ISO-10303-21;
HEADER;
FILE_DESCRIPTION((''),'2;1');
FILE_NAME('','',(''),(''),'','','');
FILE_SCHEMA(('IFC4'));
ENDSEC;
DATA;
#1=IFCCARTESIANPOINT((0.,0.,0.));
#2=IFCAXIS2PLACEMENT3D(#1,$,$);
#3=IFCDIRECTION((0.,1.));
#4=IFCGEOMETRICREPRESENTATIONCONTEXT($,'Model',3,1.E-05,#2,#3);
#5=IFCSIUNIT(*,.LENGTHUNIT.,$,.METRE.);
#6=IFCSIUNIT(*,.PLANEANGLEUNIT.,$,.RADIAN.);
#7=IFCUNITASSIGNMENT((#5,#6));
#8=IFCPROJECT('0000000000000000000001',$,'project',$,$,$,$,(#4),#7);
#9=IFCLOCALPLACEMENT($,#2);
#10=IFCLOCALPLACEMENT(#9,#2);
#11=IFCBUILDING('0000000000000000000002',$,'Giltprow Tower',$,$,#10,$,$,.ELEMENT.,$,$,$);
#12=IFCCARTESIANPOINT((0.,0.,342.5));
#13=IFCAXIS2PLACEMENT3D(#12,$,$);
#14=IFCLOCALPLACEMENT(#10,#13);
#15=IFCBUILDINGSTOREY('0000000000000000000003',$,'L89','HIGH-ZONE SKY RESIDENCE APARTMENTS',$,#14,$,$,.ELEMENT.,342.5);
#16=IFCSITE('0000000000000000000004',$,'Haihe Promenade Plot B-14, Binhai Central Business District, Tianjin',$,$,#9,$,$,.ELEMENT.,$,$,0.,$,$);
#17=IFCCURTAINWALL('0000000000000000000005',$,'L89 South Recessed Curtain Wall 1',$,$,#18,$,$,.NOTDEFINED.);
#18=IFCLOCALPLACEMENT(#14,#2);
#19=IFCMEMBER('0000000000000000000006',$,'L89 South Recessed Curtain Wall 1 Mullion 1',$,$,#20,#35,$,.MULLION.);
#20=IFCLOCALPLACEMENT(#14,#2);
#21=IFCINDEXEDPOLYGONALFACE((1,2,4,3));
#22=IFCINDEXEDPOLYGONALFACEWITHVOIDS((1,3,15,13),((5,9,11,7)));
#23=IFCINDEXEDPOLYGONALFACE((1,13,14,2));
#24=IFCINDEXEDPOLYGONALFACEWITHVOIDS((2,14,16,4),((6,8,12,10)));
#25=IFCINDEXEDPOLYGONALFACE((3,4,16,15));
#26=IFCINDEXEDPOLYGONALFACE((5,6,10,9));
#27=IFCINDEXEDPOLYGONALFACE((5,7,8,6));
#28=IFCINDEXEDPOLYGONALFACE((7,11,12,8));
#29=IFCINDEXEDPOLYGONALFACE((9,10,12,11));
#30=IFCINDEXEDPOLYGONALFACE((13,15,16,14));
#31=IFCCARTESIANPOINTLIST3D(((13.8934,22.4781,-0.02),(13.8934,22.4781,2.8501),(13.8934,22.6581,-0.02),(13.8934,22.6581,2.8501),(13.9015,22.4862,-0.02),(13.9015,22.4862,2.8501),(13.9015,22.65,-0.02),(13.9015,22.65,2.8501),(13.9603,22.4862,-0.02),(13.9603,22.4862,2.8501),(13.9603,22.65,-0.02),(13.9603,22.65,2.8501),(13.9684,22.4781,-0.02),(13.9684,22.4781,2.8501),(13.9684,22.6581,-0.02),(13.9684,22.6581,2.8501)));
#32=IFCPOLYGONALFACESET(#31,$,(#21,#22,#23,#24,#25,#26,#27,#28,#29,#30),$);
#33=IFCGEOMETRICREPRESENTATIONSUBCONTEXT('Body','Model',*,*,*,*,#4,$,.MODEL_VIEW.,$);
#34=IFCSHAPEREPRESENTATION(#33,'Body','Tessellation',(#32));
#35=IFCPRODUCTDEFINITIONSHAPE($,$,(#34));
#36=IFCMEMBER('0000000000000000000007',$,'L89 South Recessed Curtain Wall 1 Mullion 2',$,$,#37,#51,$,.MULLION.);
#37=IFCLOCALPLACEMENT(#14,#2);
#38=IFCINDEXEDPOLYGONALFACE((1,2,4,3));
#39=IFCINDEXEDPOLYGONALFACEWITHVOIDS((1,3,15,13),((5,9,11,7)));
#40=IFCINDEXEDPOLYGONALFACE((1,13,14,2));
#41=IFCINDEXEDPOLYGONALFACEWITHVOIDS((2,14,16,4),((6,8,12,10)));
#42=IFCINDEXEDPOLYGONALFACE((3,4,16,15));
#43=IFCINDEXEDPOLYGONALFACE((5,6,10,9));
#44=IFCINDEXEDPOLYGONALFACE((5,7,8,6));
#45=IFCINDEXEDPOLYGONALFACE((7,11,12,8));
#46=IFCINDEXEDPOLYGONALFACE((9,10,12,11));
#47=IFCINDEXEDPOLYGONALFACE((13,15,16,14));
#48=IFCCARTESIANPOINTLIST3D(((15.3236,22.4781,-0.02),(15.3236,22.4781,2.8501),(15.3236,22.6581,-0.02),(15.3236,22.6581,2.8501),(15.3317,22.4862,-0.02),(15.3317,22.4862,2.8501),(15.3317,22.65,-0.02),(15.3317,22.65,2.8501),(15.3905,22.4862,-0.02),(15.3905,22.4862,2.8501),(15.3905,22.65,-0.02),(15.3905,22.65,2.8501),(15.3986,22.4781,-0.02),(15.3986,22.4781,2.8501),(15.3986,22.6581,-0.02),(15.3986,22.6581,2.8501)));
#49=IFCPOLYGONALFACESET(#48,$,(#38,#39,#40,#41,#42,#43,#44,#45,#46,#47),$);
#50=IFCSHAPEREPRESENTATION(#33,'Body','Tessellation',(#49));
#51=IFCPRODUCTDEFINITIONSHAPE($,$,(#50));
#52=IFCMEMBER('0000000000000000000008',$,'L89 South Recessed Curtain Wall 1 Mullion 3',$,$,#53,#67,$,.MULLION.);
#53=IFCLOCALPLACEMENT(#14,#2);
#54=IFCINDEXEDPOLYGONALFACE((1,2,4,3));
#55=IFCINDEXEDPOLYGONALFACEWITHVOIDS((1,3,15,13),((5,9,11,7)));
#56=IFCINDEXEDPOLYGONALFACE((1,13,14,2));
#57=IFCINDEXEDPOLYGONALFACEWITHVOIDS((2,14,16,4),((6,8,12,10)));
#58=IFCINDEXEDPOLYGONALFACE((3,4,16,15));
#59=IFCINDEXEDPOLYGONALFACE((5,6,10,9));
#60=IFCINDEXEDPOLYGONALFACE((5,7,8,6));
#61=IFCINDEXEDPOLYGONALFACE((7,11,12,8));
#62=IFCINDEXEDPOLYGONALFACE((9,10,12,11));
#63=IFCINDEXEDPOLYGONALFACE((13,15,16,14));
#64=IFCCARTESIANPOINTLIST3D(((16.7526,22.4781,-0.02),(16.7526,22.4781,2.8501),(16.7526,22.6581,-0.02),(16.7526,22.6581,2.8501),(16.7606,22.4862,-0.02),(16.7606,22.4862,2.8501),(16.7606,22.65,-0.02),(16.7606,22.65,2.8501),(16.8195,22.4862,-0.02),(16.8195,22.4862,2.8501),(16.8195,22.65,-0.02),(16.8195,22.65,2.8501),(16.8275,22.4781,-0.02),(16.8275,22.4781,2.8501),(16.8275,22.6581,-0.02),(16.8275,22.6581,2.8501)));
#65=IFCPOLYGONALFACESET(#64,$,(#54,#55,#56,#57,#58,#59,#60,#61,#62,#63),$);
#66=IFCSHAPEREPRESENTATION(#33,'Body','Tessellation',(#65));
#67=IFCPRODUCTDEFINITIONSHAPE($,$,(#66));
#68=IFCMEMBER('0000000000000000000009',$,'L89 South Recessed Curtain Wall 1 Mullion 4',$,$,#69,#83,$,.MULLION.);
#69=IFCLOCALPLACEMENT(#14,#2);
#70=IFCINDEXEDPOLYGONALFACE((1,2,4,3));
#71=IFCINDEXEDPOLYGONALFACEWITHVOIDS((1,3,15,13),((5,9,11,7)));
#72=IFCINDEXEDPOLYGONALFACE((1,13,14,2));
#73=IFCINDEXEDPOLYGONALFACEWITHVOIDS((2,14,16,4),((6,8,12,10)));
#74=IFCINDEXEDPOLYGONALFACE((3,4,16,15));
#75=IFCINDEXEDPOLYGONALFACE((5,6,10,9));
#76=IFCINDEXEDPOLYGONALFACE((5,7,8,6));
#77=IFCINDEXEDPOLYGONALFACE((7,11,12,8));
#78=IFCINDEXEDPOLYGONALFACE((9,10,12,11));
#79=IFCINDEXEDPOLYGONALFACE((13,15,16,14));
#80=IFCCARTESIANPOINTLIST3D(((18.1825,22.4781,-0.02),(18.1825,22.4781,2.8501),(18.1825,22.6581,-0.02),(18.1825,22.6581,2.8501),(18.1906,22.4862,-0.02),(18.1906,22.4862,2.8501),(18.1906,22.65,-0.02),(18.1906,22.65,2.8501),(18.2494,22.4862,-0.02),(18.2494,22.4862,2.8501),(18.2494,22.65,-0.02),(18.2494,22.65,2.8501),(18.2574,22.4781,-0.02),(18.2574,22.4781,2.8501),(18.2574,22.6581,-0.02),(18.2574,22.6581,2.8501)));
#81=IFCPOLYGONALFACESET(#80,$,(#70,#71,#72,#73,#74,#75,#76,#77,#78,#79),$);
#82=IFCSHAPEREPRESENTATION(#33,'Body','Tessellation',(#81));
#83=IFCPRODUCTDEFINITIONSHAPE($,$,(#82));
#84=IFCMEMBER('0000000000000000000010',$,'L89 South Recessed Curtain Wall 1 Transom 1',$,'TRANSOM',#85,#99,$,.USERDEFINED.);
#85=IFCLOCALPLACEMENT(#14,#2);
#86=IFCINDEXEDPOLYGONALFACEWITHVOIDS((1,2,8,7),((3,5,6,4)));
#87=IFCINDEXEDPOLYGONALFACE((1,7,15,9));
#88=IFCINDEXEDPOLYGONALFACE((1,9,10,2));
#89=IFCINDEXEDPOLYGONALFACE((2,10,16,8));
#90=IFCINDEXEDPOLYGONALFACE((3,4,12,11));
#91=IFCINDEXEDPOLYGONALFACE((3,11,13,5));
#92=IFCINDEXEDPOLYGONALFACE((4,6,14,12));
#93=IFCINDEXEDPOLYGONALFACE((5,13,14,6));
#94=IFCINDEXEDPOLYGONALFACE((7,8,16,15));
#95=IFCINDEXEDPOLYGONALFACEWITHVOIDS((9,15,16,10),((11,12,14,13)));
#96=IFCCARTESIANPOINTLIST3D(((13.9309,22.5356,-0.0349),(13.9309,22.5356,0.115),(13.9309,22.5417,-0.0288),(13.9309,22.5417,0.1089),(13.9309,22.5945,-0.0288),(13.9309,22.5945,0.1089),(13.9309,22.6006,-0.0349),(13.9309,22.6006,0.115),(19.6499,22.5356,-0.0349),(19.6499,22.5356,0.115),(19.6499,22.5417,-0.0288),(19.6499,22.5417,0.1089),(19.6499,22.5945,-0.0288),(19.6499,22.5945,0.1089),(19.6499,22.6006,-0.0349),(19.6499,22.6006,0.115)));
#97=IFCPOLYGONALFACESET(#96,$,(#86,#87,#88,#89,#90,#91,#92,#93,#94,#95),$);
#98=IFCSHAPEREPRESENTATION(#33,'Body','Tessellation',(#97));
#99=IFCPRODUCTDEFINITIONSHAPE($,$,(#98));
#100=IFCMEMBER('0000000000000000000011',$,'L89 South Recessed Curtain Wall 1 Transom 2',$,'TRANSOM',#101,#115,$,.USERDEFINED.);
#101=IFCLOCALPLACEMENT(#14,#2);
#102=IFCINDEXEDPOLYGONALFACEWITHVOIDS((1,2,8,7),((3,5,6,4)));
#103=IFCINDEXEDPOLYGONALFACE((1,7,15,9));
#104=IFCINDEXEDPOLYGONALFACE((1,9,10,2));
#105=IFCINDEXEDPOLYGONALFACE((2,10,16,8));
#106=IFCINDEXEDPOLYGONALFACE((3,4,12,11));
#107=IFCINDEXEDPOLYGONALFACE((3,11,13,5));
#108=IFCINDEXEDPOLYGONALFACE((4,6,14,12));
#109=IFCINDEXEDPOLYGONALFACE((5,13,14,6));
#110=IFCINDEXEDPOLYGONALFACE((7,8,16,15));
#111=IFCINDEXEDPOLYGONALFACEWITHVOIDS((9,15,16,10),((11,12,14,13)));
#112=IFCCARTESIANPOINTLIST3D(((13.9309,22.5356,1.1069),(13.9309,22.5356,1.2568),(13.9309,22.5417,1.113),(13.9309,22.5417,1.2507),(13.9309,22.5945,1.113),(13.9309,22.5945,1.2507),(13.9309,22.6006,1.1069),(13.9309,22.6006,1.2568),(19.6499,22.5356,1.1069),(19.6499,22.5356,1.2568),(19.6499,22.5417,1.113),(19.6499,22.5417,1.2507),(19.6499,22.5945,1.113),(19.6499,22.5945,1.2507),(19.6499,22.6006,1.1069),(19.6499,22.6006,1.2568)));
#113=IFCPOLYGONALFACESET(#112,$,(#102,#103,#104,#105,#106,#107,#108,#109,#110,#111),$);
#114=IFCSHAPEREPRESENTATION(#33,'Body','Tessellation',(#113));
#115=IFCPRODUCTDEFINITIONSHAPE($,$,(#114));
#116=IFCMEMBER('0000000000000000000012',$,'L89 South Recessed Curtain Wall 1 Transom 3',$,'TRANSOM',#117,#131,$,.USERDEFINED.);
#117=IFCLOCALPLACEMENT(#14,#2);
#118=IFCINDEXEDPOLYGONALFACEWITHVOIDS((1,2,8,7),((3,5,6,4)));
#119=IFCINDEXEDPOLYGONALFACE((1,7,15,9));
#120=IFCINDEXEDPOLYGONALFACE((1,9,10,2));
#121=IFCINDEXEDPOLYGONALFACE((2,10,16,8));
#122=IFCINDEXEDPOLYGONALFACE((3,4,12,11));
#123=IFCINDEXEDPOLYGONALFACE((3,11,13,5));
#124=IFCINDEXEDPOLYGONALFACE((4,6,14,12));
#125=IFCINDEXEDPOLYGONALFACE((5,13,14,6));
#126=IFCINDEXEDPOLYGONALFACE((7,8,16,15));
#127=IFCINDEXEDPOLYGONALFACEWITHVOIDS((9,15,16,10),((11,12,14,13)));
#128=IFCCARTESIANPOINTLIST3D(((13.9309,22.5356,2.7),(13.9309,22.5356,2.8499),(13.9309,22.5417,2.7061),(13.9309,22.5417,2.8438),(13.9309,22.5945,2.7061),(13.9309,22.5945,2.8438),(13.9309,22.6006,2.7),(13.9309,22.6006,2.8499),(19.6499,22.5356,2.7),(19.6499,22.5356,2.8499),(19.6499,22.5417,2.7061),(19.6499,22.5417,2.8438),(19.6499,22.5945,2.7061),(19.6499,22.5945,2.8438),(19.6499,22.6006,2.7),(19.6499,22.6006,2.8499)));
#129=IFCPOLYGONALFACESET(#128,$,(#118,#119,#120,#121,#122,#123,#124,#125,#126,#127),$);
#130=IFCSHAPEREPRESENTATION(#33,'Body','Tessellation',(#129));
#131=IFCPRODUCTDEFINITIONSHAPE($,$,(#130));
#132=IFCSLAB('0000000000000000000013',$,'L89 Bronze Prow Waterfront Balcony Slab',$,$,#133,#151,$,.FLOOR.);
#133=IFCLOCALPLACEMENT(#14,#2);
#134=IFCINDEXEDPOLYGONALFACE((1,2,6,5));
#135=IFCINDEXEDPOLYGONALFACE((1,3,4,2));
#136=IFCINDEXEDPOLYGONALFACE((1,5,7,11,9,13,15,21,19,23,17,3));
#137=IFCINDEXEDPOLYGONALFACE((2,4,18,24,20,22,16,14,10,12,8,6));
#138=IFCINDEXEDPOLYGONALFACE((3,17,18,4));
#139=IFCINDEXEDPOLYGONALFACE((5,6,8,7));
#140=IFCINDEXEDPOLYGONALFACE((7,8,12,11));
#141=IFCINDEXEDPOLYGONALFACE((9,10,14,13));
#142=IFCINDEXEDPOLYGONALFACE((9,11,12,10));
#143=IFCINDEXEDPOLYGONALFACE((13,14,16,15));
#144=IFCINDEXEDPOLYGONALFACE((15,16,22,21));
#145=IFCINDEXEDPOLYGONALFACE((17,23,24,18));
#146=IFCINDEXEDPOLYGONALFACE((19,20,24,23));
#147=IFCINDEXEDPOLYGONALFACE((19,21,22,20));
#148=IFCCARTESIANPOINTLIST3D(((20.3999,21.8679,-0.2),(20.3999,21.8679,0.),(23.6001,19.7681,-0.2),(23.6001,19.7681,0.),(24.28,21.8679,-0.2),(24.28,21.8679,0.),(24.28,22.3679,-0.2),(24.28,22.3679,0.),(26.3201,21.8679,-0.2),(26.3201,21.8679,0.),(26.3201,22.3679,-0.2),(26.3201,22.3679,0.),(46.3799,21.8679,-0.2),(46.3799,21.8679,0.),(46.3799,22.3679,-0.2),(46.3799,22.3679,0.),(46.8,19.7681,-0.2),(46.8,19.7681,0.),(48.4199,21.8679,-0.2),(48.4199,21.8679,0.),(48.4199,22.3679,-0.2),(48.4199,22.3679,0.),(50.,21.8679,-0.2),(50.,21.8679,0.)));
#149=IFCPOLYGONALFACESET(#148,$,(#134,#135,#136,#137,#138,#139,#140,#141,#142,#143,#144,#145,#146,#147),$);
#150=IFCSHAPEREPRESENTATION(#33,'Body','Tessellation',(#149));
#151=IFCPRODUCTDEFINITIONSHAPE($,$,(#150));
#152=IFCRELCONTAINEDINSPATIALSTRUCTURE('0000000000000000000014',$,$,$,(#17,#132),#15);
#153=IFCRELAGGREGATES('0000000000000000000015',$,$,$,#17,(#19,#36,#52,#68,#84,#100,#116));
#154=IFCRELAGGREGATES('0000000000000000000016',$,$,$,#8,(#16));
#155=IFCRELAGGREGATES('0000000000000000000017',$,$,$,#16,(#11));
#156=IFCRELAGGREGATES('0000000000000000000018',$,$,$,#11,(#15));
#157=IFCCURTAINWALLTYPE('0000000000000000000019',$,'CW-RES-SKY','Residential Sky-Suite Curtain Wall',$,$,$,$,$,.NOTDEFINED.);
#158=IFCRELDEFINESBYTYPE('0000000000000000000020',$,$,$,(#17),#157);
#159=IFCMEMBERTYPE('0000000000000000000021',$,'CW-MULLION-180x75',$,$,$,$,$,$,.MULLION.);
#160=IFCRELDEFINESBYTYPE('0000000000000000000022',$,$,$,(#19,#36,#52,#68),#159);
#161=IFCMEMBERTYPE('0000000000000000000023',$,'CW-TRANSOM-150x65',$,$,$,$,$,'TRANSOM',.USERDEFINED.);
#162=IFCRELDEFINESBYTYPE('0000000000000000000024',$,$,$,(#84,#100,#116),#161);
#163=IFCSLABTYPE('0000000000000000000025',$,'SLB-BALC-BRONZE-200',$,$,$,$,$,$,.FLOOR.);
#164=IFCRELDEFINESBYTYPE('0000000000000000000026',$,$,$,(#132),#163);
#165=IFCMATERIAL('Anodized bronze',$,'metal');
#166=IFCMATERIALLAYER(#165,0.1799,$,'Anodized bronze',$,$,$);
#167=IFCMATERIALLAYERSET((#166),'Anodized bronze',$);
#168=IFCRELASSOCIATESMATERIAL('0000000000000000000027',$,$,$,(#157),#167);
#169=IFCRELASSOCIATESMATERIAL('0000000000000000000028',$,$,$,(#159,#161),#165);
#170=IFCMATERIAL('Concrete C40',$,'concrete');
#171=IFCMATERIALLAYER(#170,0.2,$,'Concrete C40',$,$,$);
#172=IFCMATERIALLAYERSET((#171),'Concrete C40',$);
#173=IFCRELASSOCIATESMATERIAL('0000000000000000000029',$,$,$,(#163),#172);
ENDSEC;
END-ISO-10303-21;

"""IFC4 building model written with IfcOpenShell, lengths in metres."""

from ifc_helpers import new_model, si_unit, direction, frame, origin, origin_2d, place, context, subcontext, project, spatial, polyline, hollow_rectangle, outline, extrude, source, transform, mapped, material, layer, layer_set, material_profile, profile_set, type_object, element, aggregate, save


model = new_model("IFC4")

# Units and contexts
model_context = context("Model", 3, precision=1e-05, world=origin(), true_north=direction((0.0, 1.0)))
body_context = subcontext(model_context, "Body", "Model", "MODEL_VIEW")
ifc_project = project(units=[si_unit("LENGTHUNIT", "METRE"), si_unit("PLANEANGLEUNIT", "RADIAN")], contexts=[model_context])

# Site, building, storey
site_placement = place(None, origin())
site = spatial("IfcSite", under=ifc_project, at=site_placement, Name="Haihe Promenade Plot B-14, Binhai Central Business District, Tianjin", CompositionType="ELEMENT", RefElevation=0.0)
building_placement = place(site_placement, origin())
building = spatial("IfcBuilding", under=site, at=building_placement, Name="Giltprow Tower", CompositionType="ELEMENT")
storey_placement = place(building_placement, frame((0.0, 0.0, 342.5)))
storey = spatial("IfcBuildingStorey", under=building, at=storey_placement, Name="L89", Description="HIGH-ZONE SKY RESIDENCE APARTMENTS", CompositionType="ELEMENT", Elevation=342.5)

# Curtain wall, members
ifc_material_1 = material(Name="Anodized bronze", Category="metal")
ifc_layer_1 = layer(ifc_material_1, 0.1799, Name="Anodized bronze")
ifc_layer_set_1 = layer_set([ifc_layer_1], Name="Anodized bronze")
curtain_wall_type = type_object("IfcCurtainWallType", Name="CW-RES-SKY", Description="Residential Sky-Suite Curtain Wall", PredefinedType="NOTDEFINED", material=ifc_layer_set_1)
curtain_wall_placement = place(storey_placement, origin())
curtain_wall = element("IfcCurtainWall", 1, at=curtain_wall_placement, inside=storey, type_object=curtain_wall_type, Name="L89 South Recessed Curtain Wall 1", PredefinedType="NOTDEFINED")
ifc_material_profile_1 = material_profile(ifc_material_1, hollow_rectangle(XDim=0.075, YDim=0.1799, WallThickness=0.0081, at=origin_2d()), Name="RHS 180x75x8")
ifc_profile_set_1 = profile_set([ifc_material_profile_1], Name="Anodized bronze")
member_type_1 = type_object("IfcMemberType", Name="CW-MULLION-180x75", PredefinedType="MULLION", material=ifc_profile_set_1)
shared_shape_1 = source(origin(), body_context, "Body", "SweptSolid", [
    extrude(hollow_rectangle(XDim=0.075, YDim=0.1799, WallThickness=0.0081, at=origin_2d()), origin(), (0.0, 0.0, 1.0), 2.8701),
])
member_1_placement = place(storey_placement, frame((13.9309, 22.5681, -0.02), z_axis=(0.0, 0.0, 1.0), x_axis=(1.0, 0.0, 0.0)))
member_1 = element("IfcMember", 2, at=member_1_placement, type_object=member_type_1, Name="L89 South Recessed Curtain Wall 1 Mullion 1", PredefinedType="MULLION", context=body_context, shape_type="MappedRepresentation", body=[
    mapped(shared_shape_1, transform((0.0, 0.0, 0.0), x_axis=(1.0, 0.0, 0.0), y_axis=(0.0, 1.0, 0.0), z_axis=(0.0, 0.0, 1.0), scale=1.0)),
])
member_2_placement = place(storey_placement, frame((15.3611, 22.5681, -0.02), z_axis=(0.0, 0.0, 1.0), x_axis=(1.0, 0.0, 0.0)))
member_2 = element("IfcMember", 3, at=member_2_placement, type_object=member_type_1, Name="L89 South Recessed Curtain Wall 1 Mullion 2", PredefinedType="MULLION", context=body_context, shape_type="MappedRepresentation", body=[
    mapped(shared_shape_1, transform((0.0, 0.0, 0.0), x_axis=(1.0, 0.0, 0.0), y_axis=(0.0, 1.0, 0.0), z_axis=(0.0, 0.0, 1.0), scale=1.0)),
])
member_3_placement = place(storey_placement, frame((16.79, 22.5681, -0.02), z_axis=(0.0, 0.0, 1.0), x_axis=(1.0, 0.0, 0.0)))
member_3 = element("IfcMember", 4, at=member_3_placement, type_object=member_type_1, Name="L89 South Recessed Curtain Wall 1 Mullion 3", PredefinedType="MULLION", context=body_context, shape_type="MappedRepresentation", body=[
    mapped(shared_shape_1, transform((0.0, 0.0, 0.0), x_axis=(1.0, 0.0, 0.0), y_axis=(0.0, 1.0, 0.0), z_axis=(0.0, 0.0, 1.0), scale=1.0)),
])
member_4_placement = place(storey_placement, frame((18.22, 22.5681, -0.02), z_axis=(0.0, 0.0, 1.0), x_axis=(1.0, 0.0, 0.0)))
member_4 = element("IfcMember", 5, at=member_4_placement, type_object=member_type_1, Name="L89 South Recessed Curtain Wall 1 Mullion 4", PredefinedType="MULLION", context=body_context, shape_type="MappedRepresentation", body=[
    mapped(shared_shape_1, transform((0.0, 0.0, 0.0), x_axis=(1.0, 0.0, 0.0), y_axis=(0.0, 1.0, 0.0), z_axis=(0.0, 0.0, 1.0), scale=1.0)),
])
ifc_material_profile_2 = material_profile(ifc_material_1, hollow_rectangle(XDim=0.0649, YDim=0.1499, WallThickness=0.0061, at=origin_2d()), Name="RHS 150x65x6")
ifc_profile_set_2 = profile_set([ifc_material_profile_2], Name="Anodized bronze")
member_type_2 = type_object("IfcMemberType", Name="CW-TRANSOM-150x65", ElementType="TRANSOM", PredefinedType="USERDEFINED", material=ifc_profile_set_2)
shared_shape_2 = source(origin(), body_context, "Body", "SweptSolid", [
    extrude(hollow_rectangle(XDim=0.0649, YDim=0.1499, WallThickness=0.0061, at=origin_2d()), origin(), (0.0, 0.0, 1.0), 5.719),
])
member_5_placement = place(storey_placement, frame((13.9309, 22.5681, 0.04), z_axis=(1.0, 0.0, 0.0), x_axis=(0.0, 1.0, 0.0)))
member_5 = element("IfcMember", 6, at=member_5_placement, type_object=member_type_2, Name="L89 South Recessed Curtain Wall 1 Transom 1", ObjectType="TRANSOM", PredefinedType="USERDEFINED", context=body_context, shape_type="MappedRepresentation", body=[
    mapped(shared_shape_2, transform((0.0, 0.0, 0.0), x_axis=(1.0, 0.0, 0.0), y_axis=(0.0, 1.0, 0.0), z_axis=(0.0, 0.0, 1.0), scale=1.0)),
])
member_6_placement = place(storey_placement, frame((13.9309, 22.5681, 1.1819), z_axis=(1.0, 0.0, 0.0), x_axis=(0.0, 1.0, 0.0)))
member_6 = element("IfcMember", 7, at=member_6_placement, type_object=member_type_2, Name="L89 South Recessed Curtain Wall 1 Transom 2", ObjectType="TRANSOM", PredefinedType="USERDEFINED", context=body_context, shape_type="MappedRepresentation", body=[
    mapped(shared_shape_2, transform((0.0, 0.0, 0.0), x_axis=(1.0, 0.0, 0.0), y_axis=(0.0, 1.0, 0.0), z_axis=(0.0, 0.0, 1.0), scale=1.0)),
])
member_7_placement = place(storey_placement, frame((13.9309, 22.5681, 2.7749), z_axis=(1.0, 0.0, 0.0), x_axis=(0.0, 1.0, 0.0)))
member_7 = element("IfcMember", 8, at=member_7_placement, type_object=member_type_2, Name="L89 South Recessed Curtain Wall 1 Transom 3", ObjectType="TRANSOM", PredefinedType="USERDEFINED", context=body_context, shape_type="MappedRepresentation", body=[
    mapped(shared_shape_2, transform((0.0, 0.0, 0.0), x_axis=(1.0, 0.0, 0.0), y_axis=(0.0, 1.0, 0.0), z_axis=(0.0, 0.0, 1.0), scale=1.0)),
])

# Slab
ifc_material_2 = material(Name="Concrete C40", Category="concrete")
ifc_layer_2 = layer(ifc_material_2, 0.2, Name="Concrete C40")
ifc_layer_set_2 = layer_set([ifc_layer_2], Name="Concrete C40")
slab_type_1 = type_object("IfcSlabType", Name="SLB-BALC-BRONZE-200", PredefinedType="FLOOR", material=ifc_layer_set_2)
slab_1_placement = place(storey_placement, frame((0.0, 0.0, -0.2)))
element("IfcSlab", 9, at=slab_1_placement, inside=storey, type_object=slab_type_1, Name="L89 Bronze Prow Waterfront Balcony Slab", PredefinedType="FLOOR", context=body_context, shape_type="SweptSolid", body=[
    extrude(outline(polyline([(50.0, 21.8679), (46.8, 19.7681), (23.6001, 19.7681), (20.3999, 21.8679), (24.28, 21.8679), (24.28, 22.3679), (26.3201, 22.3679), (26.3201, 21.8679), (46.3799, 21.8679), (46.3799, 22.3679), (48.4199, 22.3679), (48.4199, 21.8679), (50.0, 21.8679)])), origin(), (0.0, 0.0, 1.0), 0.2),
])

aggregate(curtain_wall, [member_1, member_2, member_3, member_4, member_5, member_6, member_7])

save(model, "model.ifc")
